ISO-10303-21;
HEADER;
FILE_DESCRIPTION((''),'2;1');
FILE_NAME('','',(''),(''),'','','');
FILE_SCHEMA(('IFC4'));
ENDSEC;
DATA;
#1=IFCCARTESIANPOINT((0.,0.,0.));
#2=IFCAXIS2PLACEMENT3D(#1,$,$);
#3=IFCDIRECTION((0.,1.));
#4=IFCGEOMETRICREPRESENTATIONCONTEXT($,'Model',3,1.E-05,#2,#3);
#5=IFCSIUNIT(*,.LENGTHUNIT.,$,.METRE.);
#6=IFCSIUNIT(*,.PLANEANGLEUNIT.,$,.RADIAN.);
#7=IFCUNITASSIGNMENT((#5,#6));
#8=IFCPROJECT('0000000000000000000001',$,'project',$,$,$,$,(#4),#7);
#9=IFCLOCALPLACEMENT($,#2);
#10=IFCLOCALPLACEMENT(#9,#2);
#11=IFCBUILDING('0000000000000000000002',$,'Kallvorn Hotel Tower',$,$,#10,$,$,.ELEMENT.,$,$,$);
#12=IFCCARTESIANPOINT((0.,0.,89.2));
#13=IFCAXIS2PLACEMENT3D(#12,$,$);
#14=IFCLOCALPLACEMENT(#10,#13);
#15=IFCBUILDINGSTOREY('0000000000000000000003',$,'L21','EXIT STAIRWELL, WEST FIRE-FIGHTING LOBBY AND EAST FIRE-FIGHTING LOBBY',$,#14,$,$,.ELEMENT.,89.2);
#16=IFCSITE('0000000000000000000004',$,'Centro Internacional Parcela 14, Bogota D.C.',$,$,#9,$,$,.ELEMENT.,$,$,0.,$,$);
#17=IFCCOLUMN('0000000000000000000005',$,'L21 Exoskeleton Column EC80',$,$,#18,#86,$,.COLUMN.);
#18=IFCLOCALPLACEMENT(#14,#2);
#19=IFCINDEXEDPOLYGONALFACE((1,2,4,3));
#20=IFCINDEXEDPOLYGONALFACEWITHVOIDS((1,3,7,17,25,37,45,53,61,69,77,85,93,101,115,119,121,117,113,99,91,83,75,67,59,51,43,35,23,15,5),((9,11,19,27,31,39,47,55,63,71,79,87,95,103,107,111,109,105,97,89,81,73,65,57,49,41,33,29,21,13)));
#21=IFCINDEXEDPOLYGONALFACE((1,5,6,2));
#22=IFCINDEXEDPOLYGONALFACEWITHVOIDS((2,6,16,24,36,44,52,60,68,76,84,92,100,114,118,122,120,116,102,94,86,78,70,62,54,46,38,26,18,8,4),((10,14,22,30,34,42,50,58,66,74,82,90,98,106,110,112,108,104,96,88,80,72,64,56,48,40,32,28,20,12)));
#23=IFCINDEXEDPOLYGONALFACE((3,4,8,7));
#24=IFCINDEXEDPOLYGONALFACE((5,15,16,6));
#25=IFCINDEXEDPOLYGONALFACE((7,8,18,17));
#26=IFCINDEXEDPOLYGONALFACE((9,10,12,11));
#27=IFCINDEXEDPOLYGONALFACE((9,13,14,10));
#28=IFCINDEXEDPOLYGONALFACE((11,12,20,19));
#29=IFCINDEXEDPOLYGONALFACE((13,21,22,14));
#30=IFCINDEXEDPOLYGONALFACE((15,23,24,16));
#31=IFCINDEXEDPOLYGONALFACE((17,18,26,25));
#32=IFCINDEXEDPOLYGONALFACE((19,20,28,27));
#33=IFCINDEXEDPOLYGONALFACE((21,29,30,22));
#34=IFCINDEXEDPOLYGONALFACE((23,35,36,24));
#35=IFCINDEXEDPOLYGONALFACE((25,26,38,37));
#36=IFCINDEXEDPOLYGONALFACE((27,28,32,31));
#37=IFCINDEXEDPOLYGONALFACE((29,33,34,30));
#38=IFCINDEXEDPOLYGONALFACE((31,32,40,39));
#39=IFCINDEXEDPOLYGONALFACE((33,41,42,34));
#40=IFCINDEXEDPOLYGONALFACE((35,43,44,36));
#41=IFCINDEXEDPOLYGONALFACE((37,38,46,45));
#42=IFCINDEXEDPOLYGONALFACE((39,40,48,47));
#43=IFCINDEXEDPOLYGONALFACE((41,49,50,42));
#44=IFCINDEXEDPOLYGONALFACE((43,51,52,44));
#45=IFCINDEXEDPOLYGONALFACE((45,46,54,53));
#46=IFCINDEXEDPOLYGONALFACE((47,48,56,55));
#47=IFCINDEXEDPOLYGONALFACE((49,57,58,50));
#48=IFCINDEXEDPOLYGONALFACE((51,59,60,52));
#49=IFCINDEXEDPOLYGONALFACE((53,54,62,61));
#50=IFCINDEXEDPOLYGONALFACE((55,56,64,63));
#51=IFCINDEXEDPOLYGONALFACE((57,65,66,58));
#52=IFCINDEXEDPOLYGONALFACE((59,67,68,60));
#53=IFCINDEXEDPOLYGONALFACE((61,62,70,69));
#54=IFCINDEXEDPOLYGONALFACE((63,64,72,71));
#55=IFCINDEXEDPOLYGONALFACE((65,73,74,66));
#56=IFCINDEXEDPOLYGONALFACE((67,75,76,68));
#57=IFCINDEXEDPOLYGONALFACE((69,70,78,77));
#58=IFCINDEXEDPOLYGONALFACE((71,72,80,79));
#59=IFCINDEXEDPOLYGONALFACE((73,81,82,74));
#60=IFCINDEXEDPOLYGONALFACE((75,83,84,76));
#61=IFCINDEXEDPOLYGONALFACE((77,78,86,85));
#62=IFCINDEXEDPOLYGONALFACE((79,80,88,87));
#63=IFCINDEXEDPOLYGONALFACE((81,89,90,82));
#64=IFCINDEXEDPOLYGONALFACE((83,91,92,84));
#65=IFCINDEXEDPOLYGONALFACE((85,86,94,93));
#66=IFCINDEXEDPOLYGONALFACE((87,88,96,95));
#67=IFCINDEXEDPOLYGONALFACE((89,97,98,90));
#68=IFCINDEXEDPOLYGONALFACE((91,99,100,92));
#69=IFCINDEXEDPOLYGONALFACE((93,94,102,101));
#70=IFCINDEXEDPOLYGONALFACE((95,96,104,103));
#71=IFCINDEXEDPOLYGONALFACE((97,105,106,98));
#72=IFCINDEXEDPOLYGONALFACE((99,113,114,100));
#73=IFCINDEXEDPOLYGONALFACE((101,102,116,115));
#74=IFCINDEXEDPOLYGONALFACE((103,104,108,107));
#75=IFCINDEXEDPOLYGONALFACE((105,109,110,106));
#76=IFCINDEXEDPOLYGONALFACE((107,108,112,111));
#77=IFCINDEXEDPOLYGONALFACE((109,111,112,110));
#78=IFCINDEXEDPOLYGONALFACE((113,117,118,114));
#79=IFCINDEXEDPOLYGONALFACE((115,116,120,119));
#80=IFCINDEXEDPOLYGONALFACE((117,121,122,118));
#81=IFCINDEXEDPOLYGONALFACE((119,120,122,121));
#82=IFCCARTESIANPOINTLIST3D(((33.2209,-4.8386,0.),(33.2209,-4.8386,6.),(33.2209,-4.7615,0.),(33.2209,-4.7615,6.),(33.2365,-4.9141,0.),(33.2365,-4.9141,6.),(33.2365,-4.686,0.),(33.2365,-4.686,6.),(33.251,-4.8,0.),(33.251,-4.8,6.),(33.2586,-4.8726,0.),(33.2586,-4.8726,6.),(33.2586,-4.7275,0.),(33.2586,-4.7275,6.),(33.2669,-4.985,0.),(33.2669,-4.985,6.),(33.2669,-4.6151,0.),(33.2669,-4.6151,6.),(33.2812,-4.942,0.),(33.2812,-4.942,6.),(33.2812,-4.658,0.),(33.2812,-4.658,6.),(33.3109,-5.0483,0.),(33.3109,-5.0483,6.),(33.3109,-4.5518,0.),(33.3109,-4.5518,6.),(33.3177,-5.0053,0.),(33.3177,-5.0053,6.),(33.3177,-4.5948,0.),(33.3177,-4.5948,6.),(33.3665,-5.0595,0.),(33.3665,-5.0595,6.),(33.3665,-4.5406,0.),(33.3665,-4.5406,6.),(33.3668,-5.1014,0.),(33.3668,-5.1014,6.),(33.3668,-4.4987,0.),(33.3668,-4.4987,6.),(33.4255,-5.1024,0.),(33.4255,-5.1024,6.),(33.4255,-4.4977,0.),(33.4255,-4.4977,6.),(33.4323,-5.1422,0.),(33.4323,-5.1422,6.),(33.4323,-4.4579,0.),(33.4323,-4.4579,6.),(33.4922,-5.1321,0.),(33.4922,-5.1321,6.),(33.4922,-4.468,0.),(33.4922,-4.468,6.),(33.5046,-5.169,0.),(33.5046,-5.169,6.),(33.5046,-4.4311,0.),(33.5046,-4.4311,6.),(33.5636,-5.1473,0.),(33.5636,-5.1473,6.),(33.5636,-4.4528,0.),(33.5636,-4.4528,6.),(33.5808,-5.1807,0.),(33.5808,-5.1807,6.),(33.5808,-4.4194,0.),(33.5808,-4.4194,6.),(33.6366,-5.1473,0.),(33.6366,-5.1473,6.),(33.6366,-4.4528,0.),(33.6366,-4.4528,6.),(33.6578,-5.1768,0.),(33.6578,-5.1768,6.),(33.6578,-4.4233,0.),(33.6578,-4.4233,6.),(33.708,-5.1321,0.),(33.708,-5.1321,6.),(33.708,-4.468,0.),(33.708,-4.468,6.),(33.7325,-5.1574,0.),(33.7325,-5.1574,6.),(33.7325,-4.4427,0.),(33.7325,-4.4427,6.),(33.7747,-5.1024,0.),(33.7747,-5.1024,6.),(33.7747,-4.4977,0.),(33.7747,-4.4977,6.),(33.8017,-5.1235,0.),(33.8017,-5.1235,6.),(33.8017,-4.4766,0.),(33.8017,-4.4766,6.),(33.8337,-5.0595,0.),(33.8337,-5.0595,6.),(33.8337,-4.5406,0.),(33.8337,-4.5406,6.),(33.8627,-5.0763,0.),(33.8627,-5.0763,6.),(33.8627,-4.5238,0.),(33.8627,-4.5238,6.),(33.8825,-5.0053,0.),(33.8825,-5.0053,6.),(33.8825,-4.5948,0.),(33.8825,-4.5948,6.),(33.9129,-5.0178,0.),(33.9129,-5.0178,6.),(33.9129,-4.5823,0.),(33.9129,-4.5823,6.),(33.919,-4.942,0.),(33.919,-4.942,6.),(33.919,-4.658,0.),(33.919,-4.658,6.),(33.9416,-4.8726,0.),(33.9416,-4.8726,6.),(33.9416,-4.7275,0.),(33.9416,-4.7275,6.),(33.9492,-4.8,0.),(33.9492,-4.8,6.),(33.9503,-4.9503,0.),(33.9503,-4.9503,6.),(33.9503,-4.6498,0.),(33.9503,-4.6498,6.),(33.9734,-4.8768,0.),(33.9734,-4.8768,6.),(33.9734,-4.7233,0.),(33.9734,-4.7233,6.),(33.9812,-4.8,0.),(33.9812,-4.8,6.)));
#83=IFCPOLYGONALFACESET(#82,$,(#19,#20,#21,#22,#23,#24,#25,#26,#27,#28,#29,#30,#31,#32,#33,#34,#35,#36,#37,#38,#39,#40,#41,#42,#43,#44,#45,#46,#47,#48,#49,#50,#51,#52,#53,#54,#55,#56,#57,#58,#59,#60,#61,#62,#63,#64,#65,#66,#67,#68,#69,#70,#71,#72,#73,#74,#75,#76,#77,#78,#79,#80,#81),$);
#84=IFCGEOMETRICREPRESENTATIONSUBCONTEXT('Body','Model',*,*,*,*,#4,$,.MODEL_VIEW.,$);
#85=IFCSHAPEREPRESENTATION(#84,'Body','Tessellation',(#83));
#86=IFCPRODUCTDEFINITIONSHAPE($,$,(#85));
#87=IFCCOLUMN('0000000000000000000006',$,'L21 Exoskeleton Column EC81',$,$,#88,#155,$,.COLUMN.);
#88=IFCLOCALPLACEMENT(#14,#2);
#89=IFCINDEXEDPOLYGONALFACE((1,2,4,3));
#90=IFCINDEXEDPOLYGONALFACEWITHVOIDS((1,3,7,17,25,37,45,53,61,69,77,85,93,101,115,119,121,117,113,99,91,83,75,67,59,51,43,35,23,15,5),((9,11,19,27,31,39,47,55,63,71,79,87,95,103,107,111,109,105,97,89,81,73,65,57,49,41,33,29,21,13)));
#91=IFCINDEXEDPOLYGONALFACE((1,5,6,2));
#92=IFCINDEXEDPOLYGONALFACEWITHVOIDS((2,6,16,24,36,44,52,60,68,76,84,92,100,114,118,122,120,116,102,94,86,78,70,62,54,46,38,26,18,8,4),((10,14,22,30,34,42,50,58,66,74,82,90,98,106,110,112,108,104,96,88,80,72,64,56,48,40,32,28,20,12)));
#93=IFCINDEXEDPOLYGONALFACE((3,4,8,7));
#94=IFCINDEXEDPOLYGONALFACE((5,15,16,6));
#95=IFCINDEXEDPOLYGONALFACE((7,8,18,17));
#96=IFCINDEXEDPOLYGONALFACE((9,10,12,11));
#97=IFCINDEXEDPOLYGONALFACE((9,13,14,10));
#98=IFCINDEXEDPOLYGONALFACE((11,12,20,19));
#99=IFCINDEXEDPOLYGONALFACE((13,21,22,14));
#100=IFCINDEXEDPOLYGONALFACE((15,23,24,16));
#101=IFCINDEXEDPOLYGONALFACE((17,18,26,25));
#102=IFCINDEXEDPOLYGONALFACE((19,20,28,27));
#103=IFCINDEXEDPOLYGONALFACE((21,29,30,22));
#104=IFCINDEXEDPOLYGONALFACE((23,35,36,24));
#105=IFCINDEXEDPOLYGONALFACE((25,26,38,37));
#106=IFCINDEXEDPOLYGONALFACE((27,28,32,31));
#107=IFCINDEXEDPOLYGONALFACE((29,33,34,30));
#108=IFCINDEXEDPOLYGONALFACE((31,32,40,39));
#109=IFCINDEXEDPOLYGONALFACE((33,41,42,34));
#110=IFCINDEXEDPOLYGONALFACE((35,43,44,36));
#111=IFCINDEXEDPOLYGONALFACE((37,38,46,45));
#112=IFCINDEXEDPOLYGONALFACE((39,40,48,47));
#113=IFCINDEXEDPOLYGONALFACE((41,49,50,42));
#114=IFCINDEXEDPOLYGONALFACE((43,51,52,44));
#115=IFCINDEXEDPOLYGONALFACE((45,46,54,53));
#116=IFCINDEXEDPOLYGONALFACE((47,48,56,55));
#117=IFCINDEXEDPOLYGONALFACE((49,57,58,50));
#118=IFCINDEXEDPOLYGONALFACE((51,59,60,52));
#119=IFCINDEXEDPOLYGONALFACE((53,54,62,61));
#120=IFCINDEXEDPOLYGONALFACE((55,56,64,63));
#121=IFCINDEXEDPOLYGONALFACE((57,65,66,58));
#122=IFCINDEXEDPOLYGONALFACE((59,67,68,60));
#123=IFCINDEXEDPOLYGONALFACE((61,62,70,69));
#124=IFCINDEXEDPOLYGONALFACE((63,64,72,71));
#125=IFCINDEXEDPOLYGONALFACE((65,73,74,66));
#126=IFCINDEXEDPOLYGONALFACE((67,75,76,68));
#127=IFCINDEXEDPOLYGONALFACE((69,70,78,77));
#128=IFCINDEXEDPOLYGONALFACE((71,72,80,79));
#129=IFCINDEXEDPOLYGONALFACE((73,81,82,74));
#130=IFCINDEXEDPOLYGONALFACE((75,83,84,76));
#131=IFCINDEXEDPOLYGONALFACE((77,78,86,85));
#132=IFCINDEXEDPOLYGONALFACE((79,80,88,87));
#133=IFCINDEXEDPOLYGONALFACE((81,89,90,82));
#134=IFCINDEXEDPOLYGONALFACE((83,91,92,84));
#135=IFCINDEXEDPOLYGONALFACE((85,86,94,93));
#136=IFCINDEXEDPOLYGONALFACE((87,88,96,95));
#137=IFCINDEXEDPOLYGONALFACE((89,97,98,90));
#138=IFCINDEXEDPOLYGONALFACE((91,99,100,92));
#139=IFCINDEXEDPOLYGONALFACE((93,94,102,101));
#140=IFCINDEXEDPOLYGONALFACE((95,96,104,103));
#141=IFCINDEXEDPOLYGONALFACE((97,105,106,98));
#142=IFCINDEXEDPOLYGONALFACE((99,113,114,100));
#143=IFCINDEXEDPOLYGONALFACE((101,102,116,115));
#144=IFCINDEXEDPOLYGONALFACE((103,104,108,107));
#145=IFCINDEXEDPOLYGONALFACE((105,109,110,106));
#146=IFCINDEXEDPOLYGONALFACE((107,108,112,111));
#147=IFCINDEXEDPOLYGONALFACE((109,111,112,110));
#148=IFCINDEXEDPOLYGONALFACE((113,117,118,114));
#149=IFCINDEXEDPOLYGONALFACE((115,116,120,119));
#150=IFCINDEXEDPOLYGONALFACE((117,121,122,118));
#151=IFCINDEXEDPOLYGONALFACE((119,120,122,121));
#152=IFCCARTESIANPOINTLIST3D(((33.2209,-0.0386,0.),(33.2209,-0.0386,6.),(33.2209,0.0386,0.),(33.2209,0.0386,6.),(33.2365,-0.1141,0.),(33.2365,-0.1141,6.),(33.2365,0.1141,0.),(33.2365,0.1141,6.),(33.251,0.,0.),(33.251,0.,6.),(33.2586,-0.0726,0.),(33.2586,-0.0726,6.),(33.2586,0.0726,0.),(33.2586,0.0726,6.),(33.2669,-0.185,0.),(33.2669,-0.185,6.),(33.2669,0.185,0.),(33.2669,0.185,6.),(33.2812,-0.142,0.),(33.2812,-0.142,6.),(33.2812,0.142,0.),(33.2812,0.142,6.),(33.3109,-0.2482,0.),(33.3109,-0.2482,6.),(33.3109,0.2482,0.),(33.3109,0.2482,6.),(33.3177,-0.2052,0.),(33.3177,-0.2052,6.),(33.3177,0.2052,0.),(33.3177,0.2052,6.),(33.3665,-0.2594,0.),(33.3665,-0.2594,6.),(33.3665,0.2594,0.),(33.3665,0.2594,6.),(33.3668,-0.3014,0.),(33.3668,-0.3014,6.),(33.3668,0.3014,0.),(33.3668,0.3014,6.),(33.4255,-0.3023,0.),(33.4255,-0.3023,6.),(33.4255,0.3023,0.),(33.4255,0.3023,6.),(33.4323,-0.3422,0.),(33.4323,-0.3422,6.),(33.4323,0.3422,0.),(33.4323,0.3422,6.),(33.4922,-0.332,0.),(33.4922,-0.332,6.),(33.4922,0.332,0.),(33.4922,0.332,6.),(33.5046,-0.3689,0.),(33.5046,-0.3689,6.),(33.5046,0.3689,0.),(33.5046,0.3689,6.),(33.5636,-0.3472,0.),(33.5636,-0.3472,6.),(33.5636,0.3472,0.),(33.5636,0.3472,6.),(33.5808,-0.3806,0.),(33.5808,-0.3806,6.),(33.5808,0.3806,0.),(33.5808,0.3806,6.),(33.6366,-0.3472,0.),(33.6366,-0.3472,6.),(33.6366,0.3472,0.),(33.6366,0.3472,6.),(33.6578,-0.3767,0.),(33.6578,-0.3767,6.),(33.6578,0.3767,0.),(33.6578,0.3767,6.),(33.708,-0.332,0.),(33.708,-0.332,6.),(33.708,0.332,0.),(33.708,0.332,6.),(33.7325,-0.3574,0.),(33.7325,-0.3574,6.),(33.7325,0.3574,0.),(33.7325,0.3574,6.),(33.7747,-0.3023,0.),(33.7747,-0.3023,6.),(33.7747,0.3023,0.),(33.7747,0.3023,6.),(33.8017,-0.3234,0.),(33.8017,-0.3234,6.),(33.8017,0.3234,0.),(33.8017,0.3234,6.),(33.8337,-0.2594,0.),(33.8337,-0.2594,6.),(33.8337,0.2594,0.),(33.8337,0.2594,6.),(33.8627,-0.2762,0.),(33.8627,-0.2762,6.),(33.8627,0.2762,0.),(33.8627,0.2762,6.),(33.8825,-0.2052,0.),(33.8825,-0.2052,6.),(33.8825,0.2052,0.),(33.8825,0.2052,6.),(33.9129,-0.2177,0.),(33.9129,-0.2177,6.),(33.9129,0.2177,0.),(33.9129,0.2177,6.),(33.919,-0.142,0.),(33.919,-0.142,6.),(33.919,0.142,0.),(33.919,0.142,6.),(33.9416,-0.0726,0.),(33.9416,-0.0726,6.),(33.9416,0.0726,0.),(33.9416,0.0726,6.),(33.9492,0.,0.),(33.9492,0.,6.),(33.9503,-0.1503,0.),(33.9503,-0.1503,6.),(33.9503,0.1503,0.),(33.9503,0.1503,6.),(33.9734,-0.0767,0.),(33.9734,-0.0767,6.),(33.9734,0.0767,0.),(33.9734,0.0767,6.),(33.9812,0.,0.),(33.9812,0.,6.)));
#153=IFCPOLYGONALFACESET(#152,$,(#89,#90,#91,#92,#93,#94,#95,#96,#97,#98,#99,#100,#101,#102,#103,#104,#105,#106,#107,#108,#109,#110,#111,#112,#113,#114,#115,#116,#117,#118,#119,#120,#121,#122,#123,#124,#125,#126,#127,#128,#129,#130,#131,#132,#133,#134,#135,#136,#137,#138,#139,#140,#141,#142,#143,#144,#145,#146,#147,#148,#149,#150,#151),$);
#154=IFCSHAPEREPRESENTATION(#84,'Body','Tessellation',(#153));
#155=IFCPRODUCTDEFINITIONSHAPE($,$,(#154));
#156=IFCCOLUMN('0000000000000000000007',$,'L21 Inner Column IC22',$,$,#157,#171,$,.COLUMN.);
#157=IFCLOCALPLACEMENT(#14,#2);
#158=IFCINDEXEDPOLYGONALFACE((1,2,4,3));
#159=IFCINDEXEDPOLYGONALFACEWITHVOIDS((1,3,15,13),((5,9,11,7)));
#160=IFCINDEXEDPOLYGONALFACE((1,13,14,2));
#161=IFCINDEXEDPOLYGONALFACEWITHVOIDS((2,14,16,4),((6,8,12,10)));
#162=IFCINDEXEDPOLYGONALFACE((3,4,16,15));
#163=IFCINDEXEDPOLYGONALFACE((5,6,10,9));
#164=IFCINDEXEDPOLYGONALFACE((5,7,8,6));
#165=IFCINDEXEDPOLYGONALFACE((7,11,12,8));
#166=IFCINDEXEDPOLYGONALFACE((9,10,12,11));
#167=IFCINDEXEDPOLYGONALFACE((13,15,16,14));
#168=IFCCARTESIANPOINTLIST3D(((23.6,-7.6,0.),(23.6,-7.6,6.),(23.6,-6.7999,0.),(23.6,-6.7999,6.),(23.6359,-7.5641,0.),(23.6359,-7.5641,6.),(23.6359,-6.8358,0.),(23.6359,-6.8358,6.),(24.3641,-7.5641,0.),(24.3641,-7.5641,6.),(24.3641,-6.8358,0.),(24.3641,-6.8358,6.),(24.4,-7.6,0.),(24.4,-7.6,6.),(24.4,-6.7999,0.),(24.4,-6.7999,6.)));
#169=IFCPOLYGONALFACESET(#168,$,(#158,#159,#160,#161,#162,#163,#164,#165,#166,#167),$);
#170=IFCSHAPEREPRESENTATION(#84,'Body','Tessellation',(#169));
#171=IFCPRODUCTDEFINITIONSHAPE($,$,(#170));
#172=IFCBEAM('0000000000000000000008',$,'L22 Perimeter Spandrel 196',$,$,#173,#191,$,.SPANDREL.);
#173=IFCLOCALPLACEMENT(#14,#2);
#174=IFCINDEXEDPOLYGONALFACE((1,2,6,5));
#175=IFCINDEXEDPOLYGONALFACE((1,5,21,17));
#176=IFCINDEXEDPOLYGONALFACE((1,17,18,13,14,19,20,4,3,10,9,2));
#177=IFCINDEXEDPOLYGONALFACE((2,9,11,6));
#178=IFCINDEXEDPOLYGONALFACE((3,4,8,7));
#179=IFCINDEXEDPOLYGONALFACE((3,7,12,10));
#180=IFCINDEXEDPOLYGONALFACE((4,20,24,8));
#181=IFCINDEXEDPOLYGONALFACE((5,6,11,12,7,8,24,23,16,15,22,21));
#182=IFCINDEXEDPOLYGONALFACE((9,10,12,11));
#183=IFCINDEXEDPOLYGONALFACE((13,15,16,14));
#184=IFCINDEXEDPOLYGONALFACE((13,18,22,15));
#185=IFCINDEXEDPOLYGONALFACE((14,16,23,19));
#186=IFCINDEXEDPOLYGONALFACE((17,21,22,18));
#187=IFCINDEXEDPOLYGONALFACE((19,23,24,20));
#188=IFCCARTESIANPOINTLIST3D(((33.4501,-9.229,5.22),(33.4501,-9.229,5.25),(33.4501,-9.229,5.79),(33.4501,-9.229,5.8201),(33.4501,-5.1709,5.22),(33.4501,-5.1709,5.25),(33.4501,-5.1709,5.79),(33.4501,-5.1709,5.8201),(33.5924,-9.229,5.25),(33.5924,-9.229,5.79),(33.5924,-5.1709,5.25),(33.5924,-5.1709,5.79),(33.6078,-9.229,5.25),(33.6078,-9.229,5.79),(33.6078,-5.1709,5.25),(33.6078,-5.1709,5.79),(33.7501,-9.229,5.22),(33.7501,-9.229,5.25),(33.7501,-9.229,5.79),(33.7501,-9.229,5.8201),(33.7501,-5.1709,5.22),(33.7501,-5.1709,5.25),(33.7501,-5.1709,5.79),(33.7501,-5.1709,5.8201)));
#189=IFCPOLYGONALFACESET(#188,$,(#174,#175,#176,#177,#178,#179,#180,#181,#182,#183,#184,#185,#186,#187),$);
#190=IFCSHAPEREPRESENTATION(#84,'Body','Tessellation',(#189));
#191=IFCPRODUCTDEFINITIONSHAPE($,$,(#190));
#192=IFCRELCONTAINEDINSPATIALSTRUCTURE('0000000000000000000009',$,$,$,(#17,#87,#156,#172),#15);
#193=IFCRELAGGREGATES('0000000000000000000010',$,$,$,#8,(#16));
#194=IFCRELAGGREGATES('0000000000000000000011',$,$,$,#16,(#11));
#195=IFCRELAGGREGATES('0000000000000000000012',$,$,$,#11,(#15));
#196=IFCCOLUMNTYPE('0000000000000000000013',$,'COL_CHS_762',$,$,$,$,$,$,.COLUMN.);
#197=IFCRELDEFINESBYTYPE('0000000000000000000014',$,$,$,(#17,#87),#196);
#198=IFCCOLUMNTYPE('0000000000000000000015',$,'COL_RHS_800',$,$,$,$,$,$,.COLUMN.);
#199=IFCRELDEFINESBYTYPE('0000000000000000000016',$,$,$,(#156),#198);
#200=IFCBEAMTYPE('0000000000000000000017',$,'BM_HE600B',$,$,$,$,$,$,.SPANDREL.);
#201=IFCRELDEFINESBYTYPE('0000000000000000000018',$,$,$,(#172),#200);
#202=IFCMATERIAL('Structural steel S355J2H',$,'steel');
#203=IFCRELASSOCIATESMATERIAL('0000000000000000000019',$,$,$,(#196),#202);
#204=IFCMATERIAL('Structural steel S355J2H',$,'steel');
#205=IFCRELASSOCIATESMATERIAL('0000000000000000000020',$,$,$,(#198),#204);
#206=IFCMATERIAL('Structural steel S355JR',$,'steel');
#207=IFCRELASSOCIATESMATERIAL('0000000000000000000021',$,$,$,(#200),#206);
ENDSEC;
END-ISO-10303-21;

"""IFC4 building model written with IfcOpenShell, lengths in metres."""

from ifc_helpers import new_model, si_unit, direction, frame, origin, origin_2d, place, context, subcontext, project, spatial, hollow_rectangle, hollow_circle, i_section, extrude, material, material_profile, profile_set, type_object, element, save


model = new_model("IFC4")

# Units and contexts
model_context = context("Model", 3, precision=1e-05, world=origin(), true_north=direction((0.0, 1.0)))
body_context = subcontext(model_context, "Body", "Model", "MODEL_VIEW")
ifc_project = project(units=[si_unit("LENGTHUNIT", "METRE"), si_unit("PLANEANGLEUNIT", "RADIAN")], contexts=[model_context])

# Site, building, storey
site_placement = place(None, origin())
site = spatial("IfcSite", under=ifc_project, at=site_placement, Name="Centro Internacional Parcela 14, Bogota D.C.", CompositionType="ELEMENT", RefElevation=0.0)
building_placement = place(site_placement, origin())
building = spatial("IfcBuilding", under=site, at=building_placement, Name="Kallvorn Hotel Tower", CompositionType="ELEMENT")
storey_placement = place(building_placement, frame((0.0, 0.0, 89.2)))
storey = spatial("IfcBuildingStorey", under=building, at=storey_placement, Name="L21", Description="EXIT STAIRWELL, WEST FIRE-FIGHTING LOBBY AND EAST FIRE-FIGHTING LOBBY", CompositionType="ELEMENT", Elevation=89.2)

# Columns
ifc_material_1 = material(Name="Structural steel S355J2H", Category="steel")
ifc_material_profile_1 = material_profile(ifc_material_1, hollow_circle(Radius=0.3811, WallThickness=0.032, at=origin_2d()), Name="CHS 762x32")
ifc_profile_set_1 = profile_set([ifc_material_profile_1], Name="Structural steel S355J2H")
column_type_1 = type_object("IfcColumnType", Name="COL_CHS_762", PredefinedType="COLUMN", material=ifc_profile_set_1)
for number, where, z_axis, x_axis, name in (
    (1, (33.6001, -4.8, 0.0), (0.0, 0.0, 1.0), (1.0, 0.0, 0.0), "L21 Exoskeleton Column EC80"),
    (2, (33.6001, 0.0, 0.0), (0.0, 0.0, 1.0), (1.0, 0.0, 0.0), "L21 Exoskeleton Column EC81"),
):
    element("IfcColumn", number, at=place(storey_placement, frame(where, z_axis=z_axis, x_axis=x_axis)), inside=storey, type_object=column_type_1, Name=name, PredefinedType="COLUMN", context=body_context, shape_type="SweptSolid", body=[
        extrude(hollow_circle(Radius=0.3811, WallThickness=0.032, at=origin_2d()), origin(), (0.0, 0.0, 1.0), 6.0),
    ])
ifc_material_2 = material(Name="Structural steel S355J2H", Category="steel")
ifc_material_profile_2 = material_profile(ifc_material_2, hollow_rectangle(XDim=0.8, YDim=0.8, WallThickness=0.0359, at=origin_2d()), Name="RHS 800x800x36")
ifc_profile_set_2 = profile_set([ifc_material_profile_2], Name="Structural steel S355J2H")
column_type_2 = type_object("IfcColumnType", Name="COL_RHS_800", PredefinedType="COLUMN", material=ifc_profile_set_2)
column_placement = place(storey_placement, frame((24.0, -7.2, 0.0), z_axis=(0.0, 0.0, 1.0), x_axis=(1.0, 0.0, 0.0)))
element("IfcColumn", 3, at=column_placement, inside=storey, type_object=column_type_2, Name="L21 Inner Column IC22", PredefinedType="COLUMN", context=body_context, shape_type="SweptSolid", body=[
    extrude(hollow_rectangle(XDim=0.8, YDim=0.8, WallThickness=0.0359, at=origin_2d()), origin(), (0.0, 0.0, 1.0), 6.0),
])

# Beam
ifc_material_3 = material(Name="Structural steel S355JR", Category="steel")
ifc_material_profile_3 = material_profile(ifc_material_3, i_section(OverallWidth=0.3, OverallDepth=0.6001, WebThickness=0.0154, FlangeThickness=0.03, at=origin_2d()), Name="HE 600 B")
ifc_profile_set_3 = profile_set([ifc_material_profile_3], Name="Structural steel S355JR")
beam_type_1 = type_object("IfcBeamType", Name="BM_HE600B", PredefinedType="SPANDREL", material=ifc_profile_set_3)
beam_1_placement = place(storey_placement, frame((33.6001, -9.229, 5.52), z_axis=(0.0, 1.0, 0.0), x_axis=(-1.0, 0.0, 0.0)))
element("IfcBeam", 4, at=beam_1_placement, inside=storey, type_object=beam_type_1, Name="L22 Perimeter Spandrel 196", PredefinedType="SPANDREL", context=body_context, shape_type="SweptSolid", body=[
    extrude(i_section(OverallWidth=0.3, OverallDepth=0.6001, WebThickness=0.0154, FlangeThickness=0.03, at=origin_2d()), origin(), (0.0, 0.0, 1.0), 4.0581),
])

save(model, "model.ifc")
